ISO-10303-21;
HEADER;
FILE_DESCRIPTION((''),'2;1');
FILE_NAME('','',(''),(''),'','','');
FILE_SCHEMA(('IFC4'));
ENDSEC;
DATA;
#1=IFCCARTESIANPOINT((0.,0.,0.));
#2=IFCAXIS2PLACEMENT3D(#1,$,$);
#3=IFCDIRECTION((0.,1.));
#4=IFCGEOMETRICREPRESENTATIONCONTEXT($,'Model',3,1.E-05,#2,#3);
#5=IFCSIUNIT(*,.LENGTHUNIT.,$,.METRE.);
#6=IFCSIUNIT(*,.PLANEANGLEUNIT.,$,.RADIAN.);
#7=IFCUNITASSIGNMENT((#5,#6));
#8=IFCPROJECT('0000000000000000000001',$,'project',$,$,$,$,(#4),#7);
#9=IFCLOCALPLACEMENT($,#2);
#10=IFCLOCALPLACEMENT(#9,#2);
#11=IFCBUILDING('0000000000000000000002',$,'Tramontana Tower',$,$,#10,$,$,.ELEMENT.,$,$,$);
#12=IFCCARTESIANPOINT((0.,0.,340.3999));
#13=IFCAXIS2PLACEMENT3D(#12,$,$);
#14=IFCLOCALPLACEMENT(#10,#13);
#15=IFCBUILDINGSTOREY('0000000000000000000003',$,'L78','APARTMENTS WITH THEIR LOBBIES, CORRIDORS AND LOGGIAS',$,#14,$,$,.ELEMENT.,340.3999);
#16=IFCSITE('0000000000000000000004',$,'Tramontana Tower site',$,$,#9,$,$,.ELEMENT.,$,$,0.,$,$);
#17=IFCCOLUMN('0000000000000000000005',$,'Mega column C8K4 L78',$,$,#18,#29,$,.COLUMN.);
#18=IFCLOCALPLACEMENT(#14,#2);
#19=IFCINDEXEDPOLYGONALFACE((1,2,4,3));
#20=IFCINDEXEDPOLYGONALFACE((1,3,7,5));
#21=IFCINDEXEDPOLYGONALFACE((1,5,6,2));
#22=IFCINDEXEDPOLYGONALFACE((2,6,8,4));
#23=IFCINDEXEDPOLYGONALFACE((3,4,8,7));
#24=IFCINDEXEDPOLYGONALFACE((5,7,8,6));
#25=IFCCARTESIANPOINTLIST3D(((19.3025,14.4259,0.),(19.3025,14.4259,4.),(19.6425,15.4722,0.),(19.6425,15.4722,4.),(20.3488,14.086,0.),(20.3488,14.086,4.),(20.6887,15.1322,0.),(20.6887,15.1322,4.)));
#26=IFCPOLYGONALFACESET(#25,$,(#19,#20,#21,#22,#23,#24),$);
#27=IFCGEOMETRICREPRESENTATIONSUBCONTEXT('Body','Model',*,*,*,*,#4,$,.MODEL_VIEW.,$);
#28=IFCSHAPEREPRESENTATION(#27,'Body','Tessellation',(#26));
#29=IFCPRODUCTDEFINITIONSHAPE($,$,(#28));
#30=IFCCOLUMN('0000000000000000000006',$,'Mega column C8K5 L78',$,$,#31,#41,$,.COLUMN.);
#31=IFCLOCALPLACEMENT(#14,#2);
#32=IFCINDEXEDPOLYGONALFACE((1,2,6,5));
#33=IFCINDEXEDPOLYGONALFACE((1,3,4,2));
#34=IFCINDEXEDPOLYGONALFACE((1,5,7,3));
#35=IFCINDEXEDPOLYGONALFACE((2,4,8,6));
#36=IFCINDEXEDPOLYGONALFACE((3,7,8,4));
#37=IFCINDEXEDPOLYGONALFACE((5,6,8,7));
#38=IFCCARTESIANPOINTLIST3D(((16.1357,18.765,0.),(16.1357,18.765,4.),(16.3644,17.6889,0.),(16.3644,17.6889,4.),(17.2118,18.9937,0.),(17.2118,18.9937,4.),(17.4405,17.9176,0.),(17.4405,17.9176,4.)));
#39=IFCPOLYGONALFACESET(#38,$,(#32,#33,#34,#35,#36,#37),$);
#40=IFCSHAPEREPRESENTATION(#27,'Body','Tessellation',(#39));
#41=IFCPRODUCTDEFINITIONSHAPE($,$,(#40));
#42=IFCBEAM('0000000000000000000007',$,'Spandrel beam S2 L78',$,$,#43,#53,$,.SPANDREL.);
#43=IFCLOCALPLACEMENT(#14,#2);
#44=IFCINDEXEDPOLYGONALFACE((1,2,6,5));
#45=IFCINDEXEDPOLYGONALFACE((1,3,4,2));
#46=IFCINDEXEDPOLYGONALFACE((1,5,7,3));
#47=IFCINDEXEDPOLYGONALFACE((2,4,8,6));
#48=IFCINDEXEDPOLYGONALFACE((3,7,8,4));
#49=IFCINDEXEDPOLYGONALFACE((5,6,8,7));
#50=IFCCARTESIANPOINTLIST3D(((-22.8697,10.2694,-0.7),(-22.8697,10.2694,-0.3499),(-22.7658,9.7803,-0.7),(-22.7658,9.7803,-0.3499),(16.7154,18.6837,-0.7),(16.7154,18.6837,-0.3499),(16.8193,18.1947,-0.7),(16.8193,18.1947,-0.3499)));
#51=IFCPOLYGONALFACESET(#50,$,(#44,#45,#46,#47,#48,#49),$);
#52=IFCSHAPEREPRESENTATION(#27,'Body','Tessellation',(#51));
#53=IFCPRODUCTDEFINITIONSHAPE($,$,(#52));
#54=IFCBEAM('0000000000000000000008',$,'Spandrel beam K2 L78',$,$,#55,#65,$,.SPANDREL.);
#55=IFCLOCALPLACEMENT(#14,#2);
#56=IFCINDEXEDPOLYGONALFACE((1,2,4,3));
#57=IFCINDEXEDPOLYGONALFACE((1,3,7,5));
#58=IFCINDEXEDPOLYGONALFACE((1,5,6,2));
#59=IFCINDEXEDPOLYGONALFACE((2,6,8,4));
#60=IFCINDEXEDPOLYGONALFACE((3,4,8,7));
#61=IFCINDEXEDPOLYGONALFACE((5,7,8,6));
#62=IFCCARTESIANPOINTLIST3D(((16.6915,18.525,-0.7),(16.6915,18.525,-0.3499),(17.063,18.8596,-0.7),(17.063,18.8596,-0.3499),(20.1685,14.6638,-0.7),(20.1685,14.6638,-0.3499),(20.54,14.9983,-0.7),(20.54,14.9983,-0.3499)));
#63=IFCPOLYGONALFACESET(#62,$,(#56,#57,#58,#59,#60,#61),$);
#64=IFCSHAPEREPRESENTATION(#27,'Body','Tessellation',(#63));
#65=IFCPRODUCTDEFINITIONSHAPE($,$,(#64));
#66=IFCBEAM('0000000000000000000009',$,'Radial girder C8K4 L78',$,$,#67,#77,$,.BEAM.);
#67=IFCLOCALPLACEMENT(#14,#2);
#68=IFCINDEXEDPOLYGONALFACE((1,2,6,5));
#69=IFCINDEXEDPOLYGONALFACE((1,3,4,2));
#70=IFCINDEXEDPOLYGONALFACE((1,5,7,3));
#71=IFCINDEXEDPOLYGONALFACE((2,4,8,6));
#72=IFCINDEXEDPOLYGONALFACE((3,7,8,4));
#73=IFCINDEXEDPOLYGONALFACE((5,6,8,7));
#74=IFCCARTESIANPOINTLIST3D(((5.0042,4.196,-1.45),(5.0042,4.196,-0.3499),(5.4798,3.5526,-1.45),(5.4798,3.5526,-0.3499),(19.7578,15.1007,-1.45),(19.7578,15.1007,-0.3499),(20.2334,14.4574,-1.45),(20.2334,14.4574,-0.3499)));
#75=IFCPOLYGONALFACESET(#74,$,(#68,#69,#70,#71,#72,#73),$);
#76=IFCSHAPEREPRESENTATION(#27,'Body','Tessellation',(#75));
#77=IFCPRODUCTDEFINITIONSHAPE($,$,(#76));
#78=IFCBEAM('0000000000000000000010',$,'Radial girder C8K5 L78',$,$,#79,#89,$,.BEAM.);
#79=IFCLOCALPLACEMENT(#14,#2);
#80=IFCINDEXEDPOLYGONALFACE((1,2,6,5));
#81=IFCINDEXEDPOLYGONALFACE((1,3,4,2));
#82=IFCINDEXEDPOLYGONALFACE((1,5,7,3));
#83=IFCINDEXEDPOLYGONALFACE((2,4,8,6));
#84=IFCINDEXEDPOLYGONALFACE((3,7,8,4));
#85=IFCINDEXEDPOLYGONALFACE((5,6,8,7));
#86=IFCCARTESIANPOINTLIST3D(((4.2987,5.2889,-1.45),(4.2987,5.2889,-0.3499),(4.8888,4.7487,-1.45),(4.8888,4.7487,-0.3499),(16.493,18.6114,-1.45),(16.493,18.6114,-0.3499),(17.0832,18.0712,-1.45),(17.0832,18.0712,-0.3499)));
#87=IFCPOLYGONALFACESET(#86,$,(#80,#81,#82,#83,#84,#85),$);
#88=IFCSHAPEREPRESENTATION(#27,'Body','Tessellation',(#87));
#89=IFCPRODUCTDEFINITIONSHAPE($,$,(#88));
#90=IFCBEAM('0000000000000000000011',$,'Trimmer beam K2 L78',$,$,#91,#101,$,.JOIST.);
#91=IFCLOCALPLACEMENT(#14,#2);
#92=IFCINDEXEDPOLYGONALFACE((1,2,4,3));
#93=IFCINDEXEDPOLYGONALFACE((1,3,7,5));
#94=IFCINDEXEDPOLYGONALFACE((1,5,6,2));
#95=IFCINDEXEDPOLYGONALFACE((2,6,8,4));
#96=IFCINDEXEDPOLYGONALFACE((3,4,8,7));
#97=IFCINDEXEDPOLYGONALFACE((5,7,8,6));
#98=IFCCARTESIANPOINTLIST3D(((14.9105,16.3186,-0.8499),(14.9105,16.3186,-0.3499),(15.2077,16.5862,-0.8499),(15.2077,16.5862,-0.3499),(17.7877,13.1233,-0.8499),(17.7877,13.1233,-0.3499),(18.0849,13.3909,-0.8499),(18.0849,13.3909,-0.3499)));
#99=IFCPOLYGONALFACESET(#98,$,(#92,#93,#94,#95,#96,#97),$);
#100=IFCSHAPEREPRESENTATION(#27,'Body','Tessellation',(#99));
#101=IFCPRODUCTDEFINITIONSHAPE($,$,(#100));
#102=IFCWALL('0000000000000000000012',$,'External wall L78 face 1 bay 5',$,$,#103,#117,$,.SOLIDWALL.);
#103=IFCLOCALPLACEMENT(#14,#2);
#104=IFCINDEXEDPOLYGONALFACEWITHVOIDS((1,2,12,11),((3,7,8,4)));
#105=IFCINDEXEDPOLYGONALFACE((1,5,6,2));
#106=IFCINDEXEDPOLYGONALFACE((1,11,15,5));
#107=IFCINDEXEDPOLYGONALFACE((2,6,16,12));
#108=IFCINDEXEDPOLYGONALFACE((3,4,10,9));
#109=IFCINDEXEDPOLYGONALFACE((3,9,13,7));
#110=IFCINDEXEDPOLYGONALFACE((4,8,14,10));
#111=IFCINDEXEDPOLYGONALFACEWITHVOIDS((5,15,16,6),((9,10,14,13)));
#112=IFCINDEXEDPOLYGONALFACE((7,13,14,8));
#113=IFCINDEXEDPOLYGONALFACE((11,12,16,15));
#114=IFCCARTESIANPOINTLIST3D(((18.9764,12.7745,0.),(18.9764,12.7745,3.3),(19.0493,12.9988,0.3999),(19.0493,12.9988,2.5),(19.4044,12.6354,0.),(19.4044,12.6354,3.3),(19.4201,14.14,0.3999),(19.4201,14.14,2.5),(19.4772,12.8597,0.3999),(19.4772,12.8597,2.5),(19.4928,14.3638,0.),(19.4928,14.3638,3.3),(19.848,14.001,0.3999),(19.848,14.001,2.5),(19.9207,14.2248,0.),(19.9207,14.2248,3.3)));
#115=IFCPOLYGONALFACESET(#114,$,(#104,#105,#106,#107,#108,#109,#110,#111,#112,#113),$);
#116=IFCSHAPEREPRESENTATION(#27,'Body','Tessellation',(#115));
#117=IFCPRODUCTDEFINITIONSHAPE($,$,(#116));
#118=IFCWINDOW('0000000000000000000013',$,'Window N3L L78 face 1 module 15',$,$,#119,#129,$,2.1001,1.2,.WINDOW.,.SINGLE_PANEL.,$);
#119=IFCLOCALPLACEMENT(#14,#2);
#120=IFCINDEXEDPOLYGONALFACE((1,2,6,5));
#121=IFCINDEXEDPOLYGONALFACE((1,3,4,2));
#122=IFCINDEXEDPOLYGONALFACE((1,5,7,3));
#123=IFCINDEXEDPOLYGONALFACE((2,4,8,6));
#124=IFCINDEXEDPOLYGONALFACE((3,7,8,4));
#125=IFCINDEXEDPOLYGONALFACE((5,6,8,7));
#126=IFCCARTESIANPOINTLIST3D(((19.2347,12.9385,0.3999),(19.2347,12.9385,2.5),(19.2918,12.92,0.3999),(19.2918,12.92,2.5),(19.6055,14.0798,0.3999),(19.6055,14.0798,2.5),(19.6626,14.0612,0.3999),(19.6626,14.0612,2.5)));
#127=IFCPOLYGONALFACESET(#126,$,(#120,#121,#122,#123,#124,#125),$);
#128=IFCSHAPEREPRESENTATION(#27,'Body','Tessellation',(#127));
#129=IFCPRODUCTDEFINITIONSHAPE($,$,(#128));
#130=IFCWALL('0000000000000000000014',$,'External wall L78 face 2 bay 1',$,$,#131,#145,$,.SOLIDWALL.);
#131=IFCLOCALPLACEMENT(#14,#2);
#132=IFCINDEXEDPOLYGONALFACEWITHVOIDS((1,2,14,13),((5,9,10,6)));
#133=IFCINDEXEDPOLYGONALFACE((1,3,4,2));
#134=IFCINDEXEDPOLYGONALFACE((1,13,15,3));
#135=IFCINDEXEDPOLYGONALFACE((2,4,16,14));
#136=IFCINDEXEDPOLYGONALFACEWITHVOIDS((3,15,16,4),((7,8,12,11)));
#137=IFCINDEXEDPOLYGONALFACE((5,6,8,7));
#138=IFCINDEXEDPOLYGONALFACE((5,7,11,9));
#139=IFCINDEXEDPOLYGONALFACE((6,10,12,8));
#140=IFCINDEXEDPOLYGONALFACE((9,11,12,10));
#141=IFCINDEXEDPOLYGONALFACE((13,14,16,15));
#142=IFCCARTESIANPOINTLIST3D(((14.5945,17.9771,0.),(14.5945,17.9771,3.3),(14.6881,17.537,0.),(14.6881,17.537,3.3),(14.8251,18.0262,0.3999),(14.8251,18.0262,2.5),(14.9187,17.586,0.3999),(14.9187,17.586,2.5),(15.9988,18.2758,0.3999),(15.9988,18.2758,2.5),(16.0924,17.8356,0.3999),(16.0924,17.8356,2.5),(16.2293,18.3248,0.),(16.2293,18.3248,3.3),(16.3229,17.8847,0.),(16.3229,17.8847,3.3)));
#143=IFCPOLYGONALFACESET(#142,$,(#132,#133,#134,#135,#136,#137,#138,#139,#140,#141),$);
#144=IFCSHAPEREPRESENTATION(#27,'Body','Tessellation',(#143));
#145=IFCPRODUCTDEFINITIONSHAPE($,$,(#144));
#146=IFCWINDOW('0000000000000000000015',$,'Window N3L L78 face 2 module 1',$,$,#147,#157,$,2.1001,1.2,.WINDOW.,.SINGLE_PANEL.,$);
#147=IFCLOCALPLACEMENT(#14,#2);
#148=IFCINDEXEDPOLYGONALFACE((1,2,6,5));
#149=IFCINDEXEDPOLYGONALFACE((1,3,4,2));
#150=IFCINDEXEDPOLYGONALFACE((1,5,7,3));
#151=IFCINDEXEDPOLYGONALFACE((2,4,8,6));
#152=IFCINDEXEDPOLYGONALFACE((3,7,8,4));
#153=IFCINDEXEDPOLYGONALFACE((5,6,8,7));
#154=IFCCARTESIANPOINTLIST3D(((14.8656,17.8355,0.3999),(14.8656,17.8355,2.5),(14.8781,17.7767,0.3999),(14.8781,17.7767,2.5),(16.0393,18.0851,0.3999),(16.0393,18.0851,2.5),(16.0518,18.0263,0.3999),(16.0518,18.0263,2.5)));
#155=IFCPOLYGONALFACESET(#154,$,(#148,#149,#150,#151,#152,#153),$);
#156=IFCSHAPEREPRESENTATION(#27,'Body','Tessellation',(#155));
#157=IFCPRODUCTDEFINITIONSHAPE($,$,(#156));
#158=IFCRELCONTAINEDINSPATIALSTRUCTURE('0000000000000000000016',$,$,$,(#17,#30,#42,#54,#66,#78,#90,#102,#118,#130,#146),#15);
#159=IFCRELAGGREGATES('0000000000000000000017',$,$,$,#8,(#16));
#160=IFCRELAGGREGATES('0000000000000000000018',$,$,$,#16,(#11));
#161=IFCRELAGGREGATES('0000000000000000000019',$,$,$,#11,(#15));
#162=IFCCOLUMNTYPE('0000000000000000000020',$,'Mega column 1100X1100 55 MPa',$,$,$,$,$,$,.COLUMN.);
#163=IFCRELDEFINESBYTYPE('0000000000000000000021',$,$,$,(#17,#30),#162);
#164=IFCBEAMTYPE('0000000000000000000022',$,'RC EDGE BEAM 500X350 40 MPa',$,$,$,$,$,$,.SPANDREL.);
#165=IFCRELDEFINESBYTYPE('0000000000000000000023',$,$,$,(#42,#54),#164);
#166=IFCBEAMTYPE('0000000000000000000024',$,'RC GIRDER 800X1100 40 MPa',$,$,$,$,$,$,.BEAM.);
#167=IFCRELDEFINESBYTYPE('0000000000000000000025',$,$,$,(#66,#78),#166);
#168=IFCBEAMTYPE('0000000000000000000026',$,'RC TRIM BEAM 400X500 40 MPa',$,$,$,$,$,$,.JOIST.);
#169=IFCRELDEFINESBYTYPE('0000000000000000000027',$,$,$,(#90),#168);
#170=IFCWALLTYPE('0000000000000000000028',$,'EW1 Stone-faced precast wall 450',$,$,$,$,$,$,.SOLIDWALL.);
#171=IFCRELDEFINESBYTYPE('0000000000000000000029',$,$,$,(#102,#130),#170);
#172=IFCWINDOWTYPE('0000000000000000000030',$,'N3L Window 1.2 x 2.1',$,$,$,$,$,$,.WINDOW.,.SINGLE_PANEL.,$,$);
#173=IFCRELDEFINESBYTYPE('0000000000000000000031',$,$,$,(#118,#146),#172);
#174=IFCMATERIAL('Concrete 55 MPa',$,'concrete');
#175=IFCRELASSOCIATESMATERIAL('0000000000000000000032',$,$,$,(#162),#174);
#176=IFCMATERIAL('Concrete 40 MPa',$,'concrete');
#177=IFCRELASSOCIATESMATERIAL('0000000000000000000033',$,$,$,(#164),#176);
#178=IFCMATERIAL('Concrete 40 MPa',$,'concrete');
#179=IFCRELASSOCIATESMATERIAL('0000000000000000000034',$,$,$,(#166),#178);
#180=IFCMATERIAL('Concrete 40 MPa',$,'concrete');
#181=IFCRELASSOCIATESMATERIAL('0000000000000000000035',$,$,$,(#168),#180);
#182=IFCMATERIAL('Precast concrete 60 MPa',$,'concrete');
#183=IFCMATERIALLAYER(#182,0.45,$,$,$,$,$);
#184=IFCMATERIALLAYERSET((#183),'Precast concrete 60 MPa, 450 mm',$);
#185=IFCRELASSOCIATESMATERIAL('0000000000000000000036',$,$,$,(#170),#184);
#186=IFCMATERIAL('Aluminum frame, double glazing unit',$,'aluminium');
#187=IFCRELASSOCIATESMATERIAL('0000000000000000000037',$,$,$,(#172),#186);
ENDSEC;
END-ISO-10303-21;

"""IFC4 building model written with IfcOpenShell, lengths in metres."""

from ifc_helpers import new_model, si_unit, direction, frame, frame_2d, origin, origin_2d, place, context, subcontext, project, spatial, rectangle, extrude, material, layer, layer_set, material_profile, profile_set, type_object, element, fill, save


model = new_model("IFC4")

# Units and contexts
model_context = context("Model", 3, precision=1e-05, world=origin(), true_north=direction((0.0, 1.0)))
body_context = subcontext(model_context, "Body", "Model", "MODEL_VIEW")
ifc_project = project(units=[si_unit("LENGTHUNIT", "METRE"), si_unit("PLANEANGLEUNIT", "RADIAN")], contexts=[model_context])

# Site, building, storey
site_placement = place(None, origin())
site = spatial("IfcSite", under=ifc_project, at=site_placement, Name="Tramontana Tower site", CompositionType="ELEMENT", RefElevation=0.0)
building_placement = place(site_placement, origin())
building = spatial("IfcBuilding", under=site, at=building_placement, Name="Tramontana Tower", CompositionType="ELEMENT")
storey_placement = place(building_placement, frame((0.0, 0.0, 340.3999)))
storey = spatial("IfcBuildingStorey", under=building, at=storey_placement, Name="L78", Description="APARTMENTS WITH THEIR LOBBIES, CORRIDORS AND LOGGIAS", CompositionType="ELEMENT", Elevation=340.3999)

# Columns
ifc_material_1 = material(Name="Concrete 55 MPa", Category="concrete")
ifc_material_profile_1 = material_profile(ifc_material_1, rectangle(XDim=1.1001, YDim=1.1001, at=origin_2d()), Name="Mega column 1100X1100 55 MPa")
ifc_profile_set_1 = profile_set([ifc_material_profile_1], Name="Concrete 55 MPa")
column_type = type_object("IfcColumnType", Name="Mega column 1100X1100 55 MPa", PredefinedType="COLUMN", material=ifc_profile_set_1)
for number, where, z_axis, x_axis, name in (
    (1, (19.9956, 14.7791, 0.0), (0.0, 0.0, 1.0), (0.309017, 0.951057, 0.0), "Mega column C8K4 L78"),
    (2, (16.7881, 18.3413, 0.0), (0.0, 0.0, 1.0), (-0.978148, -0.207912, 0.0), "Mega column C8K5 L78"),
):
    element("IfcColumn", number, at=place(storey_placement, frame(where, z_axis=z_axis, x_axis=x_axis)), inside=storey, type_object=column_type, Name=name, PredefinedType="COLUMN", context=body_context, shape_type="SweptSolid", body=[
        extrude(rectangle(XDim=1.1001, YDim=1.1001, at=origin_2d()), origin(), (0.0, 0.0, 1.0), 4.0),
    ])

# Beams
ifc_material_2 = material(Name="Concrete 40 MPa", Category="concrete")
ifc_material_profile_2 = material_profile(ifc_material_2, rectangle(XDim=0.5, YDim=0.3501, at=origin_2d()), Name="RC EDGE BEAM 500X350 40 MPa")
ifc_profile_set_2 = profile_set([ifc_material_profile_2], Name="Concrete 40 MPa")
beam_type_1 = type_object("IfcBeamType", Name="RC EDGE BEAM 500X350 40 MPa", PredefinedType="SPANDREL", material=ifc_profile_set_2)
beam_1_placement = place(storey_placement, frame((16.7673, 18.4392, -0.5249), z_axis=(-0.978146, -0.207918, 0.0), x_axis=(0.207918, -0.978146, 0.0)))
element("IfcBeam", 3, at=beam_1_placement, inside=storey, type_object=beam_type_1, Name="Spandrel beam S2 L78", PredefinedType="SPANDREL", context=body_context, shape_type="SweptSolid", body=[
    extrude(rectangle(XDim=0.5, YDim=0.3501, at=origin_2d()), origin(), (0.0, 0.0, 1.0), 40.4695),
])
beam_2_placement = place(storey_placement, frame((20.3542, 14.8311, -0.5249), z_axis=(-0.669162, 0.743117, 0.0), x_axis=(-0.743117, -0.669162, 0.0)))
element("IfcBeam", 4, at=beam_2_placement, inside=storey, type_object=beam_type_1, Name="Spandrel beam K2 L78", PredefinedType="SPANDREL", context=body_context, shape_type="SweptSolid", body=[
    extrude(rectangle(XDim=0.5, YDim=0.3501, at=origin_2d()), origin(), (0.0, 0.0, 1.0), 5.196),
])
ifc_material_3 = material(Name="Concrete 40 MPa", Category="concrete")
ifc_material_profile_3 = material_profile(ifc_material_3, rectangle(XDim=0.8, YDim=1.1001, at=origin_2d()), Name="RC GIRDER 800X1100 40 MPa")
ifc_profile_set_3 = profile_set([ifc_material_profile_3], Name="Concrete 40 MPa")
beam_type_2 = type_object("IfcBeamType", Name="RC GIRDER 800X1100 40 MPa", PredefinedType="BEAM", material=ifc_profile_set_3)
beam_3_placement = place(storey_placement, frame((19.9956, 14.7791, -0.8999), z_axis=(-0.804179, -0.594388, 0.0), x_axis=(0.594388, -0.804179, 0.0)))
element("IfcBeam", 5, at=beam_3_placement, inside=storey, type_object=beam_type_2, Name="Radial girder C8K4 L78", PredefinedType="BEAM", context=body_context, shape_type="SweptSolid", body=[
    extrude(rectangle(XDim=0.8, YDim=1.1001, at=origin_2d()), origin(), (0.0, 0.0, 1.0), 18.3462),
])
beam_4_placement = place(storey_placement, frame((16.7881, 18.3413, -0.8999), z_axis=(-0.675184, -0.737649, 0.0), x_axis=(0.737649, -0.675184, 0.0)))
element("IfcBeam", 6, at=beam_4_placement, inside=storey, type_object=beam_type_2, Name="Radial girder C8K5 L78", PredefinedType="BEAM", context=body_context, shape_type="SweptSolid", body=[
    extrude(rectangle(XDim=0.8, YDim=1.1001, at=origin_2d()), origin(), (0.0, 0.0, 1.0), 18.0608),
])
ifc_material_4 = material(Name="Concrete 40 MPa", Category="concrete")
ifc_material_profile_4 = material_profile(ifc_material_4, rectangle(XDim=0.3999, YDim=0.5, at=origin_2d()), Name="RC TRIM BEAM 400X500 40 MPa")
ifc_profile_set_4 = profile_set([ifc_material_profile_4], Name="Concrete 40 MPa")
beam_type_3 = type_object("IfcBeamType", Name="RC TRIM BEAM 400X500 40 MPa", PredefinedType="JOIST", material=ifc_profile_set_4)
beam_5_placement = place(storey_placement, frame((17.9363, 13.2571, -0.5999), z_axis=(-0.669147, 0.74313, 0.0), x_axis=(-0.74313, -0.669147, 0.0)))
element("IfcBeam", 7, at=beam_5_placement, inside=storey, type_object=beam_type_3, Name="Trimmer beam K2 L78", PredefinedType="JOIST", context=body_context, shape_type="SweptSolid", body=[
    extrude(rectangle(XDim=0.3999, YDim=0.5, at=origin_2d()), origin(), (0.0, 0.0, 1.0), 4.2998),
])

# Walls, openings, windows
ifc_material_5 = material(Name="Precast concrete 60 MPa", Category="concrete")
ifc_layer_1 = layer(ifc_material_5, 0.45)
ifc_layer_set_1 = layer_set([ifc_layer_1], Name="Precast concrete 60 MPa, 450 mm")
wall_type_1 = type_object("IfcWallType", Name="EW1 Stone-faced precast wall 450", PredefinedType="SOLIDWALL", material=ifc_layer_set_1)
wall_1_placement = place(storey_placement, frame((19.1904, 12.7051, 0.0), z_axis=(0.0, 0.0, 1.0), x_axis=(0.308987, 0.951066, 0.0)))
wall_1 = element("IfcWall", 8, at=wall_1_placement, inside=storey, type_object=wall_type_1, Name="External wall L78 face 1 bay 5", PredefinedType="SOLIDWALL", context=body_context, shape_type="SweptSolid", body=[
    extrude(rectangle(XDim=1.6711, YDim=0.45, at=frame_2d((0.8354, 0.0))), origin(), (0.0, 0.0, 1.0), 3.3),
])
opening_1_placement = place(wall_1_placement, frame((0.2356, 0.0, 0.3999)))
opening_1 = element("IfcOpeningElement", 9, at=opening_1_placement, cuts=wall_1, PredefinedType="OPENING", context=body_context, shape_type="SweptSolid", body=[
    extrude(rectangle(XDim=1.2, YDim=2.1001, at=frame_2d((0.6001, 1.05))), frame((0.0, 0.2349, 0.0), z_axis=(0.0, -1.0, 0.0), x_axis=(1.0, 0.0, 0.0)), (0.0, 0.0, 1.0), 0.47),
])
ifc_material_6 = material(Name="Aluminum frame, double glazing unit", Category="aluminium")
window_type_1 = type_object("IfcWindowType", Name="N3L Window 1.2 x 2.1", PartitioningType="SINGLE_PANEL", PredefinedType="WINDOW", material=ifc_material_6)
window_1_placement = place(opening_1_placement, origin())
window_1 = element("IfcWindow", 10, at=window_1_placement, inside=storey, type_object=window_type_1, Name="Window N3L L78 face 1 module 15", OverallHeight=2.1001, OverallWidth=1.2, PartitioningType="SINGLE_PANEL", PredefinedType="WINDOW", context=body_context, shape_type="SweptSolid", body=[
    extrude(rectangle(XDim=1.2, YDim=2.1001, at=frame_2d((0.6001, 1.05))), frame((0.0, 0.03, 0.0), z_axis=(0.0, -1.0, 0.0), x_axis=(1.0, 0.0, 0.0)), (0.0, 0.0, 1.0), 0.0601),
])
fill(opening_1, window_1)
wall_2_placement = place(storey_placement, frame((16.2761, 18.1047, 0.0), z_axis=(0.0, 0.0, 1.0), x_axis=(-0.978126, -0.208012, 0.0)))
wall_2 = element("IfcWall", 11, at=wall_2_placement, inside=storey, type_object=wall_type_1, Name="External wall L78 face 2 bay 1", PredefinedType="SOLIDWALL", context=body_context, shape_type="SweptSolid", body=[
    extrude(rectangle(XDim=1.6714, YDim=0.45, at=frame_2d((0.8357, 0.0))), origin(), (0.0, 0.0, 1.0), 3.3),
])
opening_2_placement = place(wall_2_placement, frame((0.2356, 0.0, 0.3999)))
opening_2 = element("IfcOpeningElement", 12, at=opening_2_placement, cuts=wall_2, PredefinedType="OPENING", context=body_context, shape_type="SweptSolid", body=[
    extrude(rectangle(XDim=1.2, YDim=2.1001, at=frame_2d((0.6001, 1.05))), frame((0.0, 0.2349, 0.0), z_axis=(0.0, -1.0, 0.0), x_axis=(1.0, 0.0, 0.0)), (0.0, 0.0, 1.0), 0.47),
])
window_2_placement = place(opening_2_placement, origin())
window_2 = element("IfcWindow", 13, at=window_2_placement, inside=storey, type_object=window_type_1, Name="Window N3L L78 face 2 module 1", OverallHeight=2.1001, OverallWidth=1.2, PartitioningType="SINGLE_PANEL", PredefinedType="WINDOW", context=body_context, shape_type="SweptSolid", body=[
    extrude(rectangle(XDim=1.2, YDim=2.1001, at=frame_2d((0.6001, 1.05))), frame((0.0, 0.03, 0.0), z_axis=(0.0, -1.0, 0.0), x_axis=(1.0, 0.0, 0.0)), (0.0, 0.0, 1.0), 0.0601),
])
fill(opening_2, window_2)

save(model, "model.ifc")
